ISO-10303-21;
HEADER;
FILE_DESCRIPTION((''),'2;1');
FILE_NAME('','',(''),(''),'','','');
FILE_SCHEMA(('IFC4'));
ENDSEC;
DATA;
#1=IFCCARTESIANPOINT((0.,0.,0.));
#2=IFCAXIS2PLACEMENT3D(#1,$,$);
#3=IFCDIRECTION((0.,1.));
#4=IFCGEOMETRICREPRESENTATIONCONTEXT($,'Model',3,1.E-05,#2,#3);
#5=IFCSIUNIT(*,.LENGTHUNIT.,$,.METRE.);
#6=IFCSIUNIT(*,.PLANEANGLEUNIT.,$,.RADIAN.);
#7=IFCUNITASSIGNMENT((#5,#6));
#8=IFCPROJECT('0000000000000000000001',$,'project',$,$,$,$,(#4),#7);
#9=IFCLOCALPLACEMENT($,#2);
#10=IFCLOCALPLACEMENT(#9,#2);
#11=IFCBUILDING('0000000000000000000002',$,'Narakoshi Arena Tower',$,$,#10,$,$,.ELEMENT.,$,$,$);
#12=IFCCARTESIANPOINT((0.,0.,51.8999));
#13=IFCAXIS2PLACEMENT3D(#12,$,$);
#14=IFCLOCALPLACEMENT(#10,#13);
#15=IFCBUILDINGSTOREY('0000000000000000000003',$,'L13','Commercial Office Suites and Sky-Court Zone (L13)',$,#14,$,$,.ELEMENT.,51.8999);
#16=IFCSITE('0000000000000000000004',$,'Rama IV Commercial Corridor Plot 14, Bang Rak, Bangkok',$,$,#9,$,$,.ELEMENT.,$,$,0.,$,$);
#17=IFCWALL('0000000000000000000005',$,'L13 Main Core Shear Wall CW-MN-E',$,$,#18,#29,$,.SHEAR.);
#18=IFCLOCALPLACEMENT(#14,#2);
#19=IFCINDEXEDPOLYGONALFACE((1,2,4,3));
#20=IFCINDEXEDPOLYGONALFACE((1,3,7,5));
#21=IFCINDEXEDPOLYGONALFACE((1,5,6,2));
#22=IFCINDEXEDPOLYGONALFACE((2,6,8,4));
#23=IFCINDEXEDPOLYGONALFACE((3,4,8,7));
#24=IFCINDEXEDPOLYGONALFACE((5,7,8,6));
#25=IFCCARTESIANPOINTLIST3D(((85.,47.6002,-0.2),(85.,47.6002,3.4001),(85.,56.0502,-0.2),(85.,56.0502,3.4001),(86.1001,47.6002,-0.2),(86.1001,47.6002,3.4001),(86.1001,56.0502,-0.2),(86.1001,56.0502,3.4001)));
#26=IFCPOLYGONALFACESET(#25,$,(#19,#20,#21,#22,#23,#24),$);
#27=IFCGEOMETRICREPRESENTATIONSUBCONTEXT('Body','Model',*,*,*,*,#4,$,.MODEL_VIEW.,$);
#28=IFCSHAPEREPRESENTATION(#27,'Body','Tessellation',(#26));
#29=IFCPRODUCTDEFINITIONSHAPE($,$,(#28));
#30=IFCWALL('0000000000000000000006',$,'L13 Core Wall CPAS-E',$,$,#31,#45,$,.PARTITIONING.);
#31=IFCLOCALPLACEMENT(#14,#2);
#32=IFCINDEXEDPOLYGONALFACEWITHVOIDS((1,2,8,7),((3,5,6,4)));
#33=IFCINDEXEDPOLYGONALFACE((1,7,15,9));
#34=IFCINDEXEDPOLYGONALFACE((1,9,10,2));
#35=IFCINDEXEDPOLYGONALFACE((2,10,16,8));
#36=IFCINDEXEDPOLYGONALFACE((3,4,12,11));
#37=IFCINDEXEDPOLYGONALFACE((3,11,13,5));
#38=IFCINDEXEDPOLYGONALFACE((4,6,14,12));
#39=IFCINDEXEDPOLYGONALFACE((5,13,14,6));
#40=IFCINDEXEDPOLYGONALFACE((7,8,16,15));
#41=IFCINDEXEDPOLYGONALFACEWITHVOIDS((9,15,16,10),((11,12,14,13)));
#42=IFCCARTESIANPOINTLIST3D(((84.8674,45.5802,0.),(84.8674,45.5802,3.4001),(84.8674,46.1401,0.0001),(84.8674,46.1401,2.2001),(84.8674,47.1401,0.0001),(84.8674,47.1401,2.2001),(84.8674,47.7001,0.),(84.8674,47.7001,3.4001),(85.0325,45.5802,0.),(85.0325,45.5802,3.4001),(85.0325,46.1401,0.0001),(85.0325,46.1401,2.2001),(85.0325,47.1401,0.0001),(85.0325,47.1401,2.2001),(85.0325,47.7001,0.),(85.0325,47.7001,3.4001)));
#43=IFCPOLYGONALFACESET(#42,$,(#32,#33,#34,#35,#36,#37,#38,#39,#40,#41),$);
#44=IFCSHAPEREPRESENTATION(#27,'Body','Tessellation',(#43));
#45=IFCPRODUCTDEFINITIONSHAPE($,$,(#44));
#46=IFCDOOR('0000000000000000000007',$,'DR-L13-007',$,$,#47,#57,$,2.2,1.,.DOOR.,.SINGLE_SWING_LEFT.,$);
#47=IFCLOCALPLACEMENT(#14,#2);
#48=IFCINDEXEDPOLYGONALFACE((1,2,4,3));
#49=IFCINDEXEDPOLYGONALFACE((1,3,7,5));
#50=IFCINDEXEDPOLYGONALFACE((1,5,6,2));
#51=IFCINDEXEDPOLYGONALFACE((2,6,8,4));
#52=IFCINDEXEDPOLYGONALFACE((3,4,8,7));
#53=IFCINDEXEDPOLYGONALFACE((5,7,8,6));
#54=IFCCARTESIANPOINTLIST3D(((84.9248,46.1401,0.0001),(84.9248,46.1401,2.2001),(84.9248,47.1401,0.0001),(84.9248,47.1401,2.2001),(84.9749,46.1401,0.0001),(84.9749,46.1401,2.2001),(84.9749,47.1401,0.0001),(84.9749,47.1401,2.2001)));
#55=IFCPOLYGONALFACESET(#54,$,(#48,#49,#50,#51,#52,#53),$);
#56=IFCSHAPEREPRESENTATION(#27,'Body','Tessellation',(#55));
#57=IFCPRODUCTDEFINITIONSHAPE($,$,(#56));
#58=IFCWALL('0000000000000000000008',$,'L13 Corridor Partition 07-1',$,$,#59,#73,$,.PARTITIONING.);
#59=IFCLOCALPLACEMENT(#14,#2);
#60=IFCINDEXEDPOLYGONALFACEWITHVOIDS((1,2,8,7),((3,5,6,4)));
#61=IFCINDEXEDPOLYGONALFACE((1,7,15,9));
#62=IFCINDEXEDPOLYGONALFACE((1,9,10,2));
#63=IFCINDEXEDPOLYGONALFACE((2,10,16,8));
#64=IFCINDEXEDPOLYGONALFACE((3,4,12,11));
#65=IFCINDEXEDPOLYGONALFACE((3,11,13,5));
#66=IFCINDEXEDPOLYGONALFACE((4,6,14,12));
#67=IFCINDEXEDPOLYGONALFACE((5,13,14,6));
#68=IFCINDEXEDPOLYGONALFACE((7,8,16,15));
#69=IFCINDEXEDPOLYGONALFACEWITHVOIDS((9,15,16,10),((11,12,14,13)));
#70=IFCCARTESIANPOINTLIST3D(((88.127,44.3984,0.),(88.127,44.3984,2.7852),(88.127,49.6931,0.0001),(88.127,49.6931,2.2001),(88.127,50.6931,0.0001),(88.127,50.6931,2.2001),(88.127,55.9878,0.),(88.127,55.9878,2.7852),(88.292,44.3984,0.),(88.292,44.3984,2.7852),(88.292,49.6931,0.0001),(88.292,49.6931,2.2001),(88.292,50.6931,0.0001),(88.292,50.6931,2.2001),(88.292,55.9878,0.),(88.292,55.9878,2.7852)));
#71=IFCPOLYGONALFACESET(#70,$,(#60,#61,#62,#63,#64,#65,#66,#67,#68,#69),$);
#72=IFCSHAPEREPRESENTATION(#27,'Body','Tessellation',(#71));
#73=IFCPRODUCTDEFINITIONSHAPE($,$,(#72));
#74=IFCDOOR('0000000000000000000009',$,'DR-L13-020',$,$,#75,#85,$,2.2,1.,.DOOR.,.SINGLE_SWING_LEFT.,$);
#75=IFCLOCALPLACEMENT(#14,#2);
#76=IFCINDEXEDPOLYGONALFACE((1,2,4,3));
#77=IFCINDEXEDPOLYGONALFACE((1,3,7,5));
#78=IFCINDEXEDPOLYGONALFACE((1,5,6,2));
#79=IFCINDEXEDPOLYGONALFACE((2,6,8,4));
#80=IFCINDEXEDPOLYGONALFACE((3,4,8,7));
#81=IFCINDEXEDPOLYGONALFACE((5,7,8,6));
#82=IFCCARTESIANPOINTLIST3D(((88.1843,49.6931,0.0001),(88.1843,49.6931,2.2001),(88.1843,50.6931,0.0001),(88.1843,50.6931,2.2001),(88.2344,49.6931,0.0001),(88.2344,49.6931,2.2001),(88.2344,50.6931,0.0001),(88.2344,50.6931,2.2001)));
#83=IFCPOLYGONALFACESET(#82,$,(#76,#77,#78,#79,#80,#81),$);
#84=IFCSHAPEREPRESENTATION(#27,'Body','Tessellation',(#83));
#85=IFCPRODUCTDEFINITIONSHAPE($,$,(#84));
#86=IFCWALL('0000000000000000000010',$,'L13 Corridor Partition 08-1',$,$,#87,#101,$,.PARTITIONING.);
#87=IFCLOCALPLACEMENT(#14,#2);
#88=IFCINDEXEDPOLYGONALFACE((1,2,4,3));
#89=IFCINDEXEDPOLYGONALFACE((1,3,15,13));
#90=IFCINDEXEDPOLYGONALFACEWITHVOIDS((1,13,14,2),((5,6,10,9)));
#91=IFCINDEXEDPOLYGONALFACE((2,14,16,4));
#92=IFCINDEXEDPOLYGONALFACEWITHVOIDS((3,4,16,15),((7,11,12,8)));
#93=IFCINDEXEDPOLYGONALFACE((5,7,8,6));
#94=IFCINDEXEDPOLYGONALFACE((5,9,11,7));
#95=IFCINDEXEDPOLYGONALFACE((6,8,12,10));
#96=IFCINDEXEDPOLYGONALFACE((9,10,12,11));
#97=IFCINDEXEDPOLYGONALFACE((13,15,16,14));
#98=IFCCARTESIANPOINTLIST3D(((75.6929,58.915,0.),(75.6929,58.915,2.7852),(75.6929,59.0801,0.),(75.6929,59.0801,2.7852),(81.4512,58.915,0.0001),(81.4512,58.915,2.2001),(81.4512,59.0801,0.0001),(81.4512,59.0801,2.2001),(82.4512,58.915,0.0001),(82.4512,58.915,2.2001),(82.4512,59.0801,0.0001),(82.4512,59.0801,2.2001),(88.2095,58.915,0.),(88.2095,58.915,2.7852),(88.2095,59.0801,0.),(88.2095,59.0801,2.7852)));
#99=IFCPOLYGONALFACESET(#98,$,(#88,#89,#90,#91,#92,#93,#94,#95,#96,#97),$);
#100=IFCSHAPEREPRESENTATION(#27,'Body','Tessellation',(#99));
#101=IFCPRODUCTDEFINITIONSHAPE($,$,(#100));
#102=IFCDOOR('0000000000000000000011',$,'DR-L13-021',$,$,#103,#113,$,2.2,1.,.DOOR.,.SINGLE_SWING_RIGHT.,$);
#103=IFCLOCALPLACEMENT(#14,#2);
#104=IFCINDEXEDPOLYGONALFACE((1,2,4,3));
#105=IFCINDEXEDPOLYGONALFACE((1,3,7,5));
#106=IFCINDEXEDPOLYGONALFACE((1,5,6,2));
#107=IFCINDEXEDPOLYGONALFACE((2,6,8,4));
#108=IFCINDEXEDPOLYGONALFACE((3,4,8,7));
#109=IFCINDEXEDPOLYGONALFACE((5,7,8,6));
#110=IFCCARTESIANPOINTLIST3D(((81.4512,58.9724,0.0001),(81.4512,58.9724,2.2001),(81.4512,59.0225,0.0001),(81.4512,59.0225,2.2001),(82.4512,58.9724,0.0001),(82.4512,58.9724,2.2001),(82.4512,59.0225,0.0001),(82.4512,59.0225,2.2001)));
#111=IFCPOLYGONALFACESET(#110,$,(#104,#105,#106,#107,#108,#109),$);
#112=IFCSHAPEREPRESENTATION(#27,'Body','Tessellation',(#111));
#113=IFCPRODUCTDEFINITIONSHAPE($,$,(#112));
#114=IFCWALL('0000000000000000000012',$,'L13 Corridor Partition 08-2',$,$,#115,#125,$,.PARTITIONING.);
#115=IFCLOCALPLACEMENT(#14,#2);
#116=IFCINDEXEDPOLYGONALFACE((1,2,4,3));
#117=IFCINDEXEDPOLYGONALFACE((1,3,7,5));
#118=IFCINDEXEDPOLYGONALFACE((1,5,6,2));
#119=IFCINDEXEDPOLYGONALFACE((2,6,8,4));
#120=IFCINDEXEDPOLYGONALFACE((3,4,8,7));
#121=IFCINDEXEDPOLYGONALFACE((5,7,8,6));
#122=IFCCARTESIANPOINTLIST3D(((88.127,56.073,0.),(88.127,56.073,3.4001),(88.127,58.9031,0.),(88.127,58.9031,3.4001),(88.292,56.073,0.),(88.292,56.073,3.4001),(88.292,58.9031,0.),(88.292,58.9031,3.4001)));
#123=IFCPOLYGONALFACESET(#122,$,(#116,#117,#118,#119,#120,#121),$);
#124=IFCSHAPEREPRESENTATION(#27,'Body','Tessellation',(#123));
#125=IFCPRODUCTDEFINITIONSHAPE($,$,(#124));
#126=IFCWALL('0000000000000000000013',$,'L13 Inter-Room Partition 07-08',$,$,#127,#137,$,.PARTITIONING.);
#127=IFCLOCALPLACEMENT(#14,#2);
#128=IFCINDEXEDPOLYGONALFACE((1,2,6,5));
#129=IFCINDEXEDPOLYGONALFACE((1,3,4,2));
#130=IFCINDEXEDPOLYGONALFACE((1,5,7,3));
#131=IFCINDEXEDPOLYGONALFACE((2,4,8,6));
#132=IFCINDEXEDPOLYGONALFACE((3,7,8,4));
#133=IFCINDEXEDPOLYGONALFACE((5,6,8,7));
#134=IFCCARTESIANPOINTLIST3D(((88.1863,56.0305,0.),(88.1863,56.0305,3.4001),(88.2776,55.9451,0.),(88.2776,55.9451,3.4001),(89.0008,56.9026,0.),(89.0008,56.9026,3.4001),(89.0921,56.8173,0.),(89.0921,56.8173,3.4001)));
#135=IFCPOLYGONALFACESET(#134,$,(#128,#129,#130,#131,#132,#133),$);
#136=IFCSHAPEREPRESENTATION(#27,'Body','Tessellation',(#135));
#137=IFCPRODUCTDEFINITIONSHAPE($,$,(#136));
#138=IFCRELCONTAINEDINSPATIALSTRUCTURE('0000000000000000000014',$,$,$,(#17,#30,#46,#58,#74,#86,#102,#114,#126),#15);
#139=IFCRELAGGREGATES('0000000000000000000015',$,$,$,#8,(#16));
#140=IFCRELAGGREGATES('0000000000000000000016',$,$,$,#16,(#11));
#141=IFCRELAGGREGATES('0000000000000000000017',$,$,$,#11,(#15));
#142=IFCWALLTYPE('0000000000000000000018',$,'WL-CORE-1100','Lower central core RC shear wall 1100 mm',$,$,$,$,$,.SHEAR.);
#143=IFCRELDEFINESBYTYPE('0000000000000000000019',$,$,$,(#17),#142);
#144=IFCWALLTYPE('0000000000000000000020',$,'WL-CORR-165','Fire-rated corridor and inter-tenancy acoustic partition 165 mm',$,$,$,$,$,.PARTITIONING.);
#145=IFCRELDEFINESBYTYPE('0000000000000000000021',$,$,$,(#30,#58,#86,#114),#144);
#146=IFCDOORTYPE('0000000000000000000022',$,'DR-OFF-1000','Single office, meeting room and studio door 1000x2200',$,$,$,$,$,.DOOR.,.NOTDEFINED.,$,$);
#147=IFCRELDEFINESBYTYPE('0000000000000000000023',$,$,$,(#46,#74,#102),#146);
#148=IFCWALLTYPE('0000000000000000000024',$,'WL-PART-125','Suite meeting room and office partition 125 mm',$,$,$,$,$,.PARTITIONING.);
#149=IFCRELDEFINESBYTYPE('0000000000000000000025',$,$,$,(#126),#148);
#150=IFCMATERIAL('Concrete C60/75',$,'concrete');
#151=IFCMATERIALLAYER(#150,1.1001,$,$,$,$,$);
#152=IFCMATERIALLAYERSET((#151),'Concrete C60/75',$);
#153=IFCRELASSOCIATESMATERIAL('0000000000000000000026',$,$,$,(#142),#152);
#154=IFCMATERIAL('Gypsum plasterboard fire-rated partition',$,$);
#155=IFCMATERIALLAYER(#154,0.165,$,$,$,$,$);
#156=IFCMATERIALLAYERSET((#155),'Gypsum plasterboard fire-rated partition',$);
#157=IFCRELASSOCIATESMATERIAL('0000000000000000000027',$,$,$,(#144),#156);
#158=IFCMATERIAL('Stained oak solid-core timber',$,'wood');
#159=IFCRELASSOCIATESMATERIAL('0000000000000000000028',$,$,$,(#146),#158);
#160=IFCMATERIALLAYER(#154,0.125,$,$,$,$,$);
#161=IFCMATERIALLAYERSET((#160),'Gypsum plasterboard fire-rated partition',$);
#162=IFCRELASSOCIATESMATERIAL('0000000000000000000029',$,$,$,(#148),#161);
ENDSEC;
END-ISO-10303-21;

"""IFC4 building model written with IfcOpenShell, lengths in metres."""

from ifc_helpers import new_model, si_unit, direction, frame, frame_2d, origin, place, context, subcontext, project, spatial, rectangle, extrude, material, layer, layer_set, type_object, element, fill, save


model = new_model("IFC4")

# Units and contexts
model_context = context("Model", 3, precision=1e-05, world=origin(), true_north=direction((0.0, 1.0)))
body_context = subcontext(model_context, "Body", "Model", "MODEL_VIEW")
ifc_project = project(units=[si_unit("LENGTHUNIT", "METRE"), si_unit("PLANEANGLEUNIT", "RADIAN")], contexts=[model_context])

# Site, building, storey
site_placement = place(None, origin())
site = spatial("IfcSite", under=ifc_project, at=site_placement, Name="Rama IV Commercial Corridor Plot 14, Bang Rak, Bangkok", CompositionType="ELEMENT", RefElevation=0.0)
building_placement = place(site_placement, origin())
building = spatial("IfcBuilding", under=site, at=building_placement, Name="Narakoshi Arena Tower", CompositionType="ELEMENT")
storey_placement = place(building_placement, frame((0.0, 0.0, 51.8999)))
storey = spatial("IfcBuildingStorey", under=building, at=storey_placement, Name="L13", Description="Commercial Office Suites and Sky-Court Zone (L13)", CompositionType="ELEMENT", Elevation=51.8999)

# Shared definitions
ifc_material_1 = material(Name="Concrete C60/75", Category="concrete")

# Wall
ifc_layer_1 = layer(ifc_material_1, 1.1001)
ifc_layer_set_1 = layer_set([ifc_layer_1], Name="Concrete C60/75")
wall_type_1 = type_object("IfcWallType", Name="WL-CORE-1100", Description="Lower central core RC shear wall 1100 mm", PredefinedType="SHEAR", material=ifc_layer_set_1)
wall_1_placement = place(storey_placement, frame((85.55, 47.6001, -0.2), z_axis=(0.0, 0.0, 1.0), x_axis=(0.0, 1.0, 0.0)))
element("IfcWall", 1, at=wall_1_placement, inside=storey, type_object=wall_type_1, Name="L13 Main Core Shear Wall CW-MN-E", PredefinedType="SHEAR", context=body_context, shape_type="SweptSolid", body=[
    extrude(rectangle(XDim=8.45, YDim=1.1001, at=frame_2d((4.2251, 0.0))), origin(), (0.0, 0.0, 1.0), 3.6001),
])

# Walls, openings, doors
ifc_material_2 = material(Name="Gypsum plasterboard fire-rated partition")
ifc_layer_2 = layer(ifc_material_2, 0.165)
ifc_layer_set_2 = layer_set([ifc_layer_2], Name="Gypsum plasterboard fire-rated partition")
wall_type_2 = type_object("IfcWallType", Name="WL-CORR-165", Description="Fire-rated corridor and inter-tenancy acoustic partition 165 mm", PredefinedType="PARTITIONING", material=ifc_layer_set_2)
wall_2_placement = place(storey_placement, frame((84.95, 45.5801, 0.0), z_axis=(0.0, 0.0, 1.0), x_axis=(0.0, 1.0, 0.0)))
wall_2 = element("IfcWall", 2, at=wall_2_placement, inside=storey, type_object=wall_type_2, Name="L13 Core Wall CPAS-E", PredefinedType="PARTITIONING", context=body_context, shape_type="SweptSolid", body=[
    extrude(rectangle(XDim=2.1199, YDim=0.165, at=frame_2d((1.0601, 0.0))), origin(), (0.0, 0.0, 1.0), 3.4001),
])
opening_1_placement = place(wall_2_placement, frame((0.5601, 0.0, 0.0)))
opening_1 = element("IfcOpeningElement", 3, at=opening_1_placement, cuts=wall_2, PredefinedType="OPENING", context=body_context, shape_type="SweptSolid", body=[
    extrude(rectangle(XDim=1.0, YDim=2.2, at=frame_2d((0.5, 1.1001))), frame((0.0, 0.0925, 0.0), z_axis=(0.0, -1.0, 0.0), x_axis=(1.0, 0.0, 0.0)), (0.0, 0.0, 1.0), 0.1851),
])
ifc_material_3 = material(Name="Stained oak solid-core timber", Category="wood")
door_type_1 = type_object("IfcDoorType", Name="DR-OFF-1000", Description="Single office, meeting room and studio door 1000x2200", OperationType="NOTDEFINED", PredefinedType="DOOR", material=ifc_material_3)
door_1_placement = place(opening_1_placement, frame((1.0, 0.0, 0.0), z_axis=(0.0, 0.0, 1.0), x_axis=(-1.0, 0.0, 0.0)))
door_1 = element("IfcDoor", 4, at=door_1_placement, inside=storey, type_object=door_type_1, Name="DR-L13-007", OperationType="SINGLE_SWING_LEFT", OverallHeight=2.2, OverallWidth=1.0, PredefinedType="DOOR", context=body_context, shape_type="SweptSolid", body=[
    extrude(rectangle(XDim=1.0, YDim=2.2, at=frame_2d((0.5, 1.1001))), frame((0.0, 0.0249, 0.0), z_axis=(0.0, -1.0, 0.0), x_axis=(1.0, 0.0, 0.0)), (0.0, 0.0, 1.0), 0.05),
])
fill(opening_1, door_1)
wall_3_placement = place(storey_placement, frame((88.2095, 44.3984, 0.0), z_axis=(0.0, 0.0, 1.0), x_axis=(0.0, 1.0, 0.0)))
wall_3 = element("IfcWall", 5, at=wall_3_placement, inside=storey, type_object=wall_type_2, Name="L13 Corridor Partition 07-1", PredefinedType="PARTITIONING", context=body_context, shape_type="SweptSolid", body=[
    extrude(rectangle(XDim=11.5894, YDim=0.165, at=frame_2d((5.7947, 0.0))), origin(), (0.0, 0.0, 1.0), 2.7852),
])
opening_2_placement = place(wall_3_placement, frame((5.2947, 0.0, 0.0)))
opening_2 = element("IfcOpeningElement", 6, at=opening_2_placement, cuts=wall_3, PredefinedType="OPENING", context=body_context, shape_type="SweptSolid", body=[
    extrude(rectangle(XDim=1.0, YDim=2.2, at=frame_2d((0.5, 1.1001))), frame((0.0, 0.0925, 0.0), z_axis=(0.0, -1.0, 0.0), x_axis=(1.0, 0.0, 0.0)), (0.0, 0.0, 1.0), 0.1851),
])
door_2_placement = place(opening_2_placement, frame((1.0, 0.0, 0.0), z_axis=(0.0, 0.0, 1.0), x_axis=(-1.0, 0.0, 0.0)))
door_2 = element("IfcDoor", 7, at=door_2_placement, inside=storey, type_object=door_type_1, Name="DR-L13-020", OperationType="SINGLE_SWING_LEFT", OverallHeight=2.2, OverallWidth=1.0, PredefinedType="DOOR", context=body_context, shape_type="SweptSolid", body=[
    extrude(rectangle(XDim=1.0, YDim=2.2, at=frame_2d((0.5, 1.1001))), frame((0.0, 0.0249, 0.0), z_axis=(0.0, -1.0, 0.0), x_axis=(1.0, 0.0, 0.0)), (0.0, 0.0, 1.0), 0.05),
])
fill(opening_2, door_2)
wall_4_placement = place(storey_placement, frame((88.2095, 58.9976, 0.0), z_axis=(0.0, 0.0, 1.0), x_axis=(-1.0, 0.0, 0.0)))
wall_4 = element("IfcWall", 8, at=wall_4_placement, inside=storey, type_object=wall_type_2, Name="L13 Corridor Partition 08-1", PredefinedType="PARTITIONING", context=body_context, shape_type="SweptSolid", body=[
    extrude(rectangle(XDim=12.5166, YDim=0.165, at=frame_2d((6.2583, 0.0))), origin(), (0.0, 0.0, 1.0), 2.7852),
])
opening_3_placement = place(wall_4_placement, frame((5.7583, 0.0, 0.0)))
opening_3 = element("IfcOpeningElement", 9, at=opening_3_placement, cuts=wall_4, PredefinedType="OPENING", context=body_context, shape_type="SweptSolid", body=[
    extrude(rectangle(XDim=1.0, YDim=2.2, at=frame_2d((0.5, 1.1001))), frame((0.0, 0.0925, 0.0), z_axis=(0.0, -1.0, 0.0), x_axis=(1.0, 0.0, 0.0)), (0.0, 0.0, 1.0), 0.1851),
])
door_3_placement = place(opening_3_placement, frame((1.0, 0.0, 0.0), z_axis=(0.0, 0.0, 1.0), x_axis=(-1.0, 0.0, 0.0)))
door_3 = element("IfcDoor", 10, at=door_3_placement, inside=storey, type_object=door_type_1, Name="DR-L13-021", OperationType="SINGLE_SWING_RIGHT", OverallHeight=2.2, OverallWidth=1.0, PredefinedType="DOOR", context=body_context, shape_type="SweptSolid", body=[
    extrude(rectangle(XDim=1.0, YDim=2.2, at=frame_2d((0.5, 1.1001))), frame((0.0, 0.0249, 0.0), z_axis=(0.0, -1.0, 0.0), x_axis=(1.0, 0.0, 0.0)), (0.0, 0.0, 1.0), 0.05),
])
fill(opening_3, door_3)

# Walls
wall_5_placement = place(storey_placement, frame((88.2095, 56.073, 0.0), z_axis=(0.0, 0.0, 1.0), x_axis=(0.0, 1.0, 0.0)))
element("IfcWall", 11, at=wall_5_placement, inside=storey, type_object=wall_type_2, Name="L13 Corridor Partition 08-2", PredefinedType="PARTITIONING", context=body_context, shape_type="SweptSolid", body=[
    extrude(rectangle(XDim=2.8301, YDim=0.165, at=frame_2d((1.415, 0.0))), origin(), (0.0, 0.0, 1.0), 3.4001),
])
ifc_layer_3 = layer(ifc_material_2, 0.125)
ifc_layer_set_3 = layer_set([ifc_layer_3], Name="Gypsum plasterboard fire-rated partition")
wall_type_3 = type_object("IfcWallType", Name="WL-PART-125", Description="Suite meeting room and office partition 125 mm", PredefinedType="PARTITIONING", material=ifc_layer_set_3)
wall_6_placement = place(storey_placement, frame((88.2319, 55.9878, 0.0), z_axis=(0.0, 0.0, 1.0), x_axis=(0.682551, 0.730838, 0.0)))
element("IfcWall", 12, at=wall_6_placement, inside=storey, type_object=wall_type_3, Name="L13 Inter-Room Partition 07-08", PredefinedType="PARTITIONING", context=body_context, shape_type="SweptSolid", body=[
    extrude(rectangle(XDim=1.1934, YDim=0.125, at=frame_2d((0.5967, 0.0))), origin(), (0.0, 0.0, 1.0), 3.4001),
])

save(model, "model.ifc")
